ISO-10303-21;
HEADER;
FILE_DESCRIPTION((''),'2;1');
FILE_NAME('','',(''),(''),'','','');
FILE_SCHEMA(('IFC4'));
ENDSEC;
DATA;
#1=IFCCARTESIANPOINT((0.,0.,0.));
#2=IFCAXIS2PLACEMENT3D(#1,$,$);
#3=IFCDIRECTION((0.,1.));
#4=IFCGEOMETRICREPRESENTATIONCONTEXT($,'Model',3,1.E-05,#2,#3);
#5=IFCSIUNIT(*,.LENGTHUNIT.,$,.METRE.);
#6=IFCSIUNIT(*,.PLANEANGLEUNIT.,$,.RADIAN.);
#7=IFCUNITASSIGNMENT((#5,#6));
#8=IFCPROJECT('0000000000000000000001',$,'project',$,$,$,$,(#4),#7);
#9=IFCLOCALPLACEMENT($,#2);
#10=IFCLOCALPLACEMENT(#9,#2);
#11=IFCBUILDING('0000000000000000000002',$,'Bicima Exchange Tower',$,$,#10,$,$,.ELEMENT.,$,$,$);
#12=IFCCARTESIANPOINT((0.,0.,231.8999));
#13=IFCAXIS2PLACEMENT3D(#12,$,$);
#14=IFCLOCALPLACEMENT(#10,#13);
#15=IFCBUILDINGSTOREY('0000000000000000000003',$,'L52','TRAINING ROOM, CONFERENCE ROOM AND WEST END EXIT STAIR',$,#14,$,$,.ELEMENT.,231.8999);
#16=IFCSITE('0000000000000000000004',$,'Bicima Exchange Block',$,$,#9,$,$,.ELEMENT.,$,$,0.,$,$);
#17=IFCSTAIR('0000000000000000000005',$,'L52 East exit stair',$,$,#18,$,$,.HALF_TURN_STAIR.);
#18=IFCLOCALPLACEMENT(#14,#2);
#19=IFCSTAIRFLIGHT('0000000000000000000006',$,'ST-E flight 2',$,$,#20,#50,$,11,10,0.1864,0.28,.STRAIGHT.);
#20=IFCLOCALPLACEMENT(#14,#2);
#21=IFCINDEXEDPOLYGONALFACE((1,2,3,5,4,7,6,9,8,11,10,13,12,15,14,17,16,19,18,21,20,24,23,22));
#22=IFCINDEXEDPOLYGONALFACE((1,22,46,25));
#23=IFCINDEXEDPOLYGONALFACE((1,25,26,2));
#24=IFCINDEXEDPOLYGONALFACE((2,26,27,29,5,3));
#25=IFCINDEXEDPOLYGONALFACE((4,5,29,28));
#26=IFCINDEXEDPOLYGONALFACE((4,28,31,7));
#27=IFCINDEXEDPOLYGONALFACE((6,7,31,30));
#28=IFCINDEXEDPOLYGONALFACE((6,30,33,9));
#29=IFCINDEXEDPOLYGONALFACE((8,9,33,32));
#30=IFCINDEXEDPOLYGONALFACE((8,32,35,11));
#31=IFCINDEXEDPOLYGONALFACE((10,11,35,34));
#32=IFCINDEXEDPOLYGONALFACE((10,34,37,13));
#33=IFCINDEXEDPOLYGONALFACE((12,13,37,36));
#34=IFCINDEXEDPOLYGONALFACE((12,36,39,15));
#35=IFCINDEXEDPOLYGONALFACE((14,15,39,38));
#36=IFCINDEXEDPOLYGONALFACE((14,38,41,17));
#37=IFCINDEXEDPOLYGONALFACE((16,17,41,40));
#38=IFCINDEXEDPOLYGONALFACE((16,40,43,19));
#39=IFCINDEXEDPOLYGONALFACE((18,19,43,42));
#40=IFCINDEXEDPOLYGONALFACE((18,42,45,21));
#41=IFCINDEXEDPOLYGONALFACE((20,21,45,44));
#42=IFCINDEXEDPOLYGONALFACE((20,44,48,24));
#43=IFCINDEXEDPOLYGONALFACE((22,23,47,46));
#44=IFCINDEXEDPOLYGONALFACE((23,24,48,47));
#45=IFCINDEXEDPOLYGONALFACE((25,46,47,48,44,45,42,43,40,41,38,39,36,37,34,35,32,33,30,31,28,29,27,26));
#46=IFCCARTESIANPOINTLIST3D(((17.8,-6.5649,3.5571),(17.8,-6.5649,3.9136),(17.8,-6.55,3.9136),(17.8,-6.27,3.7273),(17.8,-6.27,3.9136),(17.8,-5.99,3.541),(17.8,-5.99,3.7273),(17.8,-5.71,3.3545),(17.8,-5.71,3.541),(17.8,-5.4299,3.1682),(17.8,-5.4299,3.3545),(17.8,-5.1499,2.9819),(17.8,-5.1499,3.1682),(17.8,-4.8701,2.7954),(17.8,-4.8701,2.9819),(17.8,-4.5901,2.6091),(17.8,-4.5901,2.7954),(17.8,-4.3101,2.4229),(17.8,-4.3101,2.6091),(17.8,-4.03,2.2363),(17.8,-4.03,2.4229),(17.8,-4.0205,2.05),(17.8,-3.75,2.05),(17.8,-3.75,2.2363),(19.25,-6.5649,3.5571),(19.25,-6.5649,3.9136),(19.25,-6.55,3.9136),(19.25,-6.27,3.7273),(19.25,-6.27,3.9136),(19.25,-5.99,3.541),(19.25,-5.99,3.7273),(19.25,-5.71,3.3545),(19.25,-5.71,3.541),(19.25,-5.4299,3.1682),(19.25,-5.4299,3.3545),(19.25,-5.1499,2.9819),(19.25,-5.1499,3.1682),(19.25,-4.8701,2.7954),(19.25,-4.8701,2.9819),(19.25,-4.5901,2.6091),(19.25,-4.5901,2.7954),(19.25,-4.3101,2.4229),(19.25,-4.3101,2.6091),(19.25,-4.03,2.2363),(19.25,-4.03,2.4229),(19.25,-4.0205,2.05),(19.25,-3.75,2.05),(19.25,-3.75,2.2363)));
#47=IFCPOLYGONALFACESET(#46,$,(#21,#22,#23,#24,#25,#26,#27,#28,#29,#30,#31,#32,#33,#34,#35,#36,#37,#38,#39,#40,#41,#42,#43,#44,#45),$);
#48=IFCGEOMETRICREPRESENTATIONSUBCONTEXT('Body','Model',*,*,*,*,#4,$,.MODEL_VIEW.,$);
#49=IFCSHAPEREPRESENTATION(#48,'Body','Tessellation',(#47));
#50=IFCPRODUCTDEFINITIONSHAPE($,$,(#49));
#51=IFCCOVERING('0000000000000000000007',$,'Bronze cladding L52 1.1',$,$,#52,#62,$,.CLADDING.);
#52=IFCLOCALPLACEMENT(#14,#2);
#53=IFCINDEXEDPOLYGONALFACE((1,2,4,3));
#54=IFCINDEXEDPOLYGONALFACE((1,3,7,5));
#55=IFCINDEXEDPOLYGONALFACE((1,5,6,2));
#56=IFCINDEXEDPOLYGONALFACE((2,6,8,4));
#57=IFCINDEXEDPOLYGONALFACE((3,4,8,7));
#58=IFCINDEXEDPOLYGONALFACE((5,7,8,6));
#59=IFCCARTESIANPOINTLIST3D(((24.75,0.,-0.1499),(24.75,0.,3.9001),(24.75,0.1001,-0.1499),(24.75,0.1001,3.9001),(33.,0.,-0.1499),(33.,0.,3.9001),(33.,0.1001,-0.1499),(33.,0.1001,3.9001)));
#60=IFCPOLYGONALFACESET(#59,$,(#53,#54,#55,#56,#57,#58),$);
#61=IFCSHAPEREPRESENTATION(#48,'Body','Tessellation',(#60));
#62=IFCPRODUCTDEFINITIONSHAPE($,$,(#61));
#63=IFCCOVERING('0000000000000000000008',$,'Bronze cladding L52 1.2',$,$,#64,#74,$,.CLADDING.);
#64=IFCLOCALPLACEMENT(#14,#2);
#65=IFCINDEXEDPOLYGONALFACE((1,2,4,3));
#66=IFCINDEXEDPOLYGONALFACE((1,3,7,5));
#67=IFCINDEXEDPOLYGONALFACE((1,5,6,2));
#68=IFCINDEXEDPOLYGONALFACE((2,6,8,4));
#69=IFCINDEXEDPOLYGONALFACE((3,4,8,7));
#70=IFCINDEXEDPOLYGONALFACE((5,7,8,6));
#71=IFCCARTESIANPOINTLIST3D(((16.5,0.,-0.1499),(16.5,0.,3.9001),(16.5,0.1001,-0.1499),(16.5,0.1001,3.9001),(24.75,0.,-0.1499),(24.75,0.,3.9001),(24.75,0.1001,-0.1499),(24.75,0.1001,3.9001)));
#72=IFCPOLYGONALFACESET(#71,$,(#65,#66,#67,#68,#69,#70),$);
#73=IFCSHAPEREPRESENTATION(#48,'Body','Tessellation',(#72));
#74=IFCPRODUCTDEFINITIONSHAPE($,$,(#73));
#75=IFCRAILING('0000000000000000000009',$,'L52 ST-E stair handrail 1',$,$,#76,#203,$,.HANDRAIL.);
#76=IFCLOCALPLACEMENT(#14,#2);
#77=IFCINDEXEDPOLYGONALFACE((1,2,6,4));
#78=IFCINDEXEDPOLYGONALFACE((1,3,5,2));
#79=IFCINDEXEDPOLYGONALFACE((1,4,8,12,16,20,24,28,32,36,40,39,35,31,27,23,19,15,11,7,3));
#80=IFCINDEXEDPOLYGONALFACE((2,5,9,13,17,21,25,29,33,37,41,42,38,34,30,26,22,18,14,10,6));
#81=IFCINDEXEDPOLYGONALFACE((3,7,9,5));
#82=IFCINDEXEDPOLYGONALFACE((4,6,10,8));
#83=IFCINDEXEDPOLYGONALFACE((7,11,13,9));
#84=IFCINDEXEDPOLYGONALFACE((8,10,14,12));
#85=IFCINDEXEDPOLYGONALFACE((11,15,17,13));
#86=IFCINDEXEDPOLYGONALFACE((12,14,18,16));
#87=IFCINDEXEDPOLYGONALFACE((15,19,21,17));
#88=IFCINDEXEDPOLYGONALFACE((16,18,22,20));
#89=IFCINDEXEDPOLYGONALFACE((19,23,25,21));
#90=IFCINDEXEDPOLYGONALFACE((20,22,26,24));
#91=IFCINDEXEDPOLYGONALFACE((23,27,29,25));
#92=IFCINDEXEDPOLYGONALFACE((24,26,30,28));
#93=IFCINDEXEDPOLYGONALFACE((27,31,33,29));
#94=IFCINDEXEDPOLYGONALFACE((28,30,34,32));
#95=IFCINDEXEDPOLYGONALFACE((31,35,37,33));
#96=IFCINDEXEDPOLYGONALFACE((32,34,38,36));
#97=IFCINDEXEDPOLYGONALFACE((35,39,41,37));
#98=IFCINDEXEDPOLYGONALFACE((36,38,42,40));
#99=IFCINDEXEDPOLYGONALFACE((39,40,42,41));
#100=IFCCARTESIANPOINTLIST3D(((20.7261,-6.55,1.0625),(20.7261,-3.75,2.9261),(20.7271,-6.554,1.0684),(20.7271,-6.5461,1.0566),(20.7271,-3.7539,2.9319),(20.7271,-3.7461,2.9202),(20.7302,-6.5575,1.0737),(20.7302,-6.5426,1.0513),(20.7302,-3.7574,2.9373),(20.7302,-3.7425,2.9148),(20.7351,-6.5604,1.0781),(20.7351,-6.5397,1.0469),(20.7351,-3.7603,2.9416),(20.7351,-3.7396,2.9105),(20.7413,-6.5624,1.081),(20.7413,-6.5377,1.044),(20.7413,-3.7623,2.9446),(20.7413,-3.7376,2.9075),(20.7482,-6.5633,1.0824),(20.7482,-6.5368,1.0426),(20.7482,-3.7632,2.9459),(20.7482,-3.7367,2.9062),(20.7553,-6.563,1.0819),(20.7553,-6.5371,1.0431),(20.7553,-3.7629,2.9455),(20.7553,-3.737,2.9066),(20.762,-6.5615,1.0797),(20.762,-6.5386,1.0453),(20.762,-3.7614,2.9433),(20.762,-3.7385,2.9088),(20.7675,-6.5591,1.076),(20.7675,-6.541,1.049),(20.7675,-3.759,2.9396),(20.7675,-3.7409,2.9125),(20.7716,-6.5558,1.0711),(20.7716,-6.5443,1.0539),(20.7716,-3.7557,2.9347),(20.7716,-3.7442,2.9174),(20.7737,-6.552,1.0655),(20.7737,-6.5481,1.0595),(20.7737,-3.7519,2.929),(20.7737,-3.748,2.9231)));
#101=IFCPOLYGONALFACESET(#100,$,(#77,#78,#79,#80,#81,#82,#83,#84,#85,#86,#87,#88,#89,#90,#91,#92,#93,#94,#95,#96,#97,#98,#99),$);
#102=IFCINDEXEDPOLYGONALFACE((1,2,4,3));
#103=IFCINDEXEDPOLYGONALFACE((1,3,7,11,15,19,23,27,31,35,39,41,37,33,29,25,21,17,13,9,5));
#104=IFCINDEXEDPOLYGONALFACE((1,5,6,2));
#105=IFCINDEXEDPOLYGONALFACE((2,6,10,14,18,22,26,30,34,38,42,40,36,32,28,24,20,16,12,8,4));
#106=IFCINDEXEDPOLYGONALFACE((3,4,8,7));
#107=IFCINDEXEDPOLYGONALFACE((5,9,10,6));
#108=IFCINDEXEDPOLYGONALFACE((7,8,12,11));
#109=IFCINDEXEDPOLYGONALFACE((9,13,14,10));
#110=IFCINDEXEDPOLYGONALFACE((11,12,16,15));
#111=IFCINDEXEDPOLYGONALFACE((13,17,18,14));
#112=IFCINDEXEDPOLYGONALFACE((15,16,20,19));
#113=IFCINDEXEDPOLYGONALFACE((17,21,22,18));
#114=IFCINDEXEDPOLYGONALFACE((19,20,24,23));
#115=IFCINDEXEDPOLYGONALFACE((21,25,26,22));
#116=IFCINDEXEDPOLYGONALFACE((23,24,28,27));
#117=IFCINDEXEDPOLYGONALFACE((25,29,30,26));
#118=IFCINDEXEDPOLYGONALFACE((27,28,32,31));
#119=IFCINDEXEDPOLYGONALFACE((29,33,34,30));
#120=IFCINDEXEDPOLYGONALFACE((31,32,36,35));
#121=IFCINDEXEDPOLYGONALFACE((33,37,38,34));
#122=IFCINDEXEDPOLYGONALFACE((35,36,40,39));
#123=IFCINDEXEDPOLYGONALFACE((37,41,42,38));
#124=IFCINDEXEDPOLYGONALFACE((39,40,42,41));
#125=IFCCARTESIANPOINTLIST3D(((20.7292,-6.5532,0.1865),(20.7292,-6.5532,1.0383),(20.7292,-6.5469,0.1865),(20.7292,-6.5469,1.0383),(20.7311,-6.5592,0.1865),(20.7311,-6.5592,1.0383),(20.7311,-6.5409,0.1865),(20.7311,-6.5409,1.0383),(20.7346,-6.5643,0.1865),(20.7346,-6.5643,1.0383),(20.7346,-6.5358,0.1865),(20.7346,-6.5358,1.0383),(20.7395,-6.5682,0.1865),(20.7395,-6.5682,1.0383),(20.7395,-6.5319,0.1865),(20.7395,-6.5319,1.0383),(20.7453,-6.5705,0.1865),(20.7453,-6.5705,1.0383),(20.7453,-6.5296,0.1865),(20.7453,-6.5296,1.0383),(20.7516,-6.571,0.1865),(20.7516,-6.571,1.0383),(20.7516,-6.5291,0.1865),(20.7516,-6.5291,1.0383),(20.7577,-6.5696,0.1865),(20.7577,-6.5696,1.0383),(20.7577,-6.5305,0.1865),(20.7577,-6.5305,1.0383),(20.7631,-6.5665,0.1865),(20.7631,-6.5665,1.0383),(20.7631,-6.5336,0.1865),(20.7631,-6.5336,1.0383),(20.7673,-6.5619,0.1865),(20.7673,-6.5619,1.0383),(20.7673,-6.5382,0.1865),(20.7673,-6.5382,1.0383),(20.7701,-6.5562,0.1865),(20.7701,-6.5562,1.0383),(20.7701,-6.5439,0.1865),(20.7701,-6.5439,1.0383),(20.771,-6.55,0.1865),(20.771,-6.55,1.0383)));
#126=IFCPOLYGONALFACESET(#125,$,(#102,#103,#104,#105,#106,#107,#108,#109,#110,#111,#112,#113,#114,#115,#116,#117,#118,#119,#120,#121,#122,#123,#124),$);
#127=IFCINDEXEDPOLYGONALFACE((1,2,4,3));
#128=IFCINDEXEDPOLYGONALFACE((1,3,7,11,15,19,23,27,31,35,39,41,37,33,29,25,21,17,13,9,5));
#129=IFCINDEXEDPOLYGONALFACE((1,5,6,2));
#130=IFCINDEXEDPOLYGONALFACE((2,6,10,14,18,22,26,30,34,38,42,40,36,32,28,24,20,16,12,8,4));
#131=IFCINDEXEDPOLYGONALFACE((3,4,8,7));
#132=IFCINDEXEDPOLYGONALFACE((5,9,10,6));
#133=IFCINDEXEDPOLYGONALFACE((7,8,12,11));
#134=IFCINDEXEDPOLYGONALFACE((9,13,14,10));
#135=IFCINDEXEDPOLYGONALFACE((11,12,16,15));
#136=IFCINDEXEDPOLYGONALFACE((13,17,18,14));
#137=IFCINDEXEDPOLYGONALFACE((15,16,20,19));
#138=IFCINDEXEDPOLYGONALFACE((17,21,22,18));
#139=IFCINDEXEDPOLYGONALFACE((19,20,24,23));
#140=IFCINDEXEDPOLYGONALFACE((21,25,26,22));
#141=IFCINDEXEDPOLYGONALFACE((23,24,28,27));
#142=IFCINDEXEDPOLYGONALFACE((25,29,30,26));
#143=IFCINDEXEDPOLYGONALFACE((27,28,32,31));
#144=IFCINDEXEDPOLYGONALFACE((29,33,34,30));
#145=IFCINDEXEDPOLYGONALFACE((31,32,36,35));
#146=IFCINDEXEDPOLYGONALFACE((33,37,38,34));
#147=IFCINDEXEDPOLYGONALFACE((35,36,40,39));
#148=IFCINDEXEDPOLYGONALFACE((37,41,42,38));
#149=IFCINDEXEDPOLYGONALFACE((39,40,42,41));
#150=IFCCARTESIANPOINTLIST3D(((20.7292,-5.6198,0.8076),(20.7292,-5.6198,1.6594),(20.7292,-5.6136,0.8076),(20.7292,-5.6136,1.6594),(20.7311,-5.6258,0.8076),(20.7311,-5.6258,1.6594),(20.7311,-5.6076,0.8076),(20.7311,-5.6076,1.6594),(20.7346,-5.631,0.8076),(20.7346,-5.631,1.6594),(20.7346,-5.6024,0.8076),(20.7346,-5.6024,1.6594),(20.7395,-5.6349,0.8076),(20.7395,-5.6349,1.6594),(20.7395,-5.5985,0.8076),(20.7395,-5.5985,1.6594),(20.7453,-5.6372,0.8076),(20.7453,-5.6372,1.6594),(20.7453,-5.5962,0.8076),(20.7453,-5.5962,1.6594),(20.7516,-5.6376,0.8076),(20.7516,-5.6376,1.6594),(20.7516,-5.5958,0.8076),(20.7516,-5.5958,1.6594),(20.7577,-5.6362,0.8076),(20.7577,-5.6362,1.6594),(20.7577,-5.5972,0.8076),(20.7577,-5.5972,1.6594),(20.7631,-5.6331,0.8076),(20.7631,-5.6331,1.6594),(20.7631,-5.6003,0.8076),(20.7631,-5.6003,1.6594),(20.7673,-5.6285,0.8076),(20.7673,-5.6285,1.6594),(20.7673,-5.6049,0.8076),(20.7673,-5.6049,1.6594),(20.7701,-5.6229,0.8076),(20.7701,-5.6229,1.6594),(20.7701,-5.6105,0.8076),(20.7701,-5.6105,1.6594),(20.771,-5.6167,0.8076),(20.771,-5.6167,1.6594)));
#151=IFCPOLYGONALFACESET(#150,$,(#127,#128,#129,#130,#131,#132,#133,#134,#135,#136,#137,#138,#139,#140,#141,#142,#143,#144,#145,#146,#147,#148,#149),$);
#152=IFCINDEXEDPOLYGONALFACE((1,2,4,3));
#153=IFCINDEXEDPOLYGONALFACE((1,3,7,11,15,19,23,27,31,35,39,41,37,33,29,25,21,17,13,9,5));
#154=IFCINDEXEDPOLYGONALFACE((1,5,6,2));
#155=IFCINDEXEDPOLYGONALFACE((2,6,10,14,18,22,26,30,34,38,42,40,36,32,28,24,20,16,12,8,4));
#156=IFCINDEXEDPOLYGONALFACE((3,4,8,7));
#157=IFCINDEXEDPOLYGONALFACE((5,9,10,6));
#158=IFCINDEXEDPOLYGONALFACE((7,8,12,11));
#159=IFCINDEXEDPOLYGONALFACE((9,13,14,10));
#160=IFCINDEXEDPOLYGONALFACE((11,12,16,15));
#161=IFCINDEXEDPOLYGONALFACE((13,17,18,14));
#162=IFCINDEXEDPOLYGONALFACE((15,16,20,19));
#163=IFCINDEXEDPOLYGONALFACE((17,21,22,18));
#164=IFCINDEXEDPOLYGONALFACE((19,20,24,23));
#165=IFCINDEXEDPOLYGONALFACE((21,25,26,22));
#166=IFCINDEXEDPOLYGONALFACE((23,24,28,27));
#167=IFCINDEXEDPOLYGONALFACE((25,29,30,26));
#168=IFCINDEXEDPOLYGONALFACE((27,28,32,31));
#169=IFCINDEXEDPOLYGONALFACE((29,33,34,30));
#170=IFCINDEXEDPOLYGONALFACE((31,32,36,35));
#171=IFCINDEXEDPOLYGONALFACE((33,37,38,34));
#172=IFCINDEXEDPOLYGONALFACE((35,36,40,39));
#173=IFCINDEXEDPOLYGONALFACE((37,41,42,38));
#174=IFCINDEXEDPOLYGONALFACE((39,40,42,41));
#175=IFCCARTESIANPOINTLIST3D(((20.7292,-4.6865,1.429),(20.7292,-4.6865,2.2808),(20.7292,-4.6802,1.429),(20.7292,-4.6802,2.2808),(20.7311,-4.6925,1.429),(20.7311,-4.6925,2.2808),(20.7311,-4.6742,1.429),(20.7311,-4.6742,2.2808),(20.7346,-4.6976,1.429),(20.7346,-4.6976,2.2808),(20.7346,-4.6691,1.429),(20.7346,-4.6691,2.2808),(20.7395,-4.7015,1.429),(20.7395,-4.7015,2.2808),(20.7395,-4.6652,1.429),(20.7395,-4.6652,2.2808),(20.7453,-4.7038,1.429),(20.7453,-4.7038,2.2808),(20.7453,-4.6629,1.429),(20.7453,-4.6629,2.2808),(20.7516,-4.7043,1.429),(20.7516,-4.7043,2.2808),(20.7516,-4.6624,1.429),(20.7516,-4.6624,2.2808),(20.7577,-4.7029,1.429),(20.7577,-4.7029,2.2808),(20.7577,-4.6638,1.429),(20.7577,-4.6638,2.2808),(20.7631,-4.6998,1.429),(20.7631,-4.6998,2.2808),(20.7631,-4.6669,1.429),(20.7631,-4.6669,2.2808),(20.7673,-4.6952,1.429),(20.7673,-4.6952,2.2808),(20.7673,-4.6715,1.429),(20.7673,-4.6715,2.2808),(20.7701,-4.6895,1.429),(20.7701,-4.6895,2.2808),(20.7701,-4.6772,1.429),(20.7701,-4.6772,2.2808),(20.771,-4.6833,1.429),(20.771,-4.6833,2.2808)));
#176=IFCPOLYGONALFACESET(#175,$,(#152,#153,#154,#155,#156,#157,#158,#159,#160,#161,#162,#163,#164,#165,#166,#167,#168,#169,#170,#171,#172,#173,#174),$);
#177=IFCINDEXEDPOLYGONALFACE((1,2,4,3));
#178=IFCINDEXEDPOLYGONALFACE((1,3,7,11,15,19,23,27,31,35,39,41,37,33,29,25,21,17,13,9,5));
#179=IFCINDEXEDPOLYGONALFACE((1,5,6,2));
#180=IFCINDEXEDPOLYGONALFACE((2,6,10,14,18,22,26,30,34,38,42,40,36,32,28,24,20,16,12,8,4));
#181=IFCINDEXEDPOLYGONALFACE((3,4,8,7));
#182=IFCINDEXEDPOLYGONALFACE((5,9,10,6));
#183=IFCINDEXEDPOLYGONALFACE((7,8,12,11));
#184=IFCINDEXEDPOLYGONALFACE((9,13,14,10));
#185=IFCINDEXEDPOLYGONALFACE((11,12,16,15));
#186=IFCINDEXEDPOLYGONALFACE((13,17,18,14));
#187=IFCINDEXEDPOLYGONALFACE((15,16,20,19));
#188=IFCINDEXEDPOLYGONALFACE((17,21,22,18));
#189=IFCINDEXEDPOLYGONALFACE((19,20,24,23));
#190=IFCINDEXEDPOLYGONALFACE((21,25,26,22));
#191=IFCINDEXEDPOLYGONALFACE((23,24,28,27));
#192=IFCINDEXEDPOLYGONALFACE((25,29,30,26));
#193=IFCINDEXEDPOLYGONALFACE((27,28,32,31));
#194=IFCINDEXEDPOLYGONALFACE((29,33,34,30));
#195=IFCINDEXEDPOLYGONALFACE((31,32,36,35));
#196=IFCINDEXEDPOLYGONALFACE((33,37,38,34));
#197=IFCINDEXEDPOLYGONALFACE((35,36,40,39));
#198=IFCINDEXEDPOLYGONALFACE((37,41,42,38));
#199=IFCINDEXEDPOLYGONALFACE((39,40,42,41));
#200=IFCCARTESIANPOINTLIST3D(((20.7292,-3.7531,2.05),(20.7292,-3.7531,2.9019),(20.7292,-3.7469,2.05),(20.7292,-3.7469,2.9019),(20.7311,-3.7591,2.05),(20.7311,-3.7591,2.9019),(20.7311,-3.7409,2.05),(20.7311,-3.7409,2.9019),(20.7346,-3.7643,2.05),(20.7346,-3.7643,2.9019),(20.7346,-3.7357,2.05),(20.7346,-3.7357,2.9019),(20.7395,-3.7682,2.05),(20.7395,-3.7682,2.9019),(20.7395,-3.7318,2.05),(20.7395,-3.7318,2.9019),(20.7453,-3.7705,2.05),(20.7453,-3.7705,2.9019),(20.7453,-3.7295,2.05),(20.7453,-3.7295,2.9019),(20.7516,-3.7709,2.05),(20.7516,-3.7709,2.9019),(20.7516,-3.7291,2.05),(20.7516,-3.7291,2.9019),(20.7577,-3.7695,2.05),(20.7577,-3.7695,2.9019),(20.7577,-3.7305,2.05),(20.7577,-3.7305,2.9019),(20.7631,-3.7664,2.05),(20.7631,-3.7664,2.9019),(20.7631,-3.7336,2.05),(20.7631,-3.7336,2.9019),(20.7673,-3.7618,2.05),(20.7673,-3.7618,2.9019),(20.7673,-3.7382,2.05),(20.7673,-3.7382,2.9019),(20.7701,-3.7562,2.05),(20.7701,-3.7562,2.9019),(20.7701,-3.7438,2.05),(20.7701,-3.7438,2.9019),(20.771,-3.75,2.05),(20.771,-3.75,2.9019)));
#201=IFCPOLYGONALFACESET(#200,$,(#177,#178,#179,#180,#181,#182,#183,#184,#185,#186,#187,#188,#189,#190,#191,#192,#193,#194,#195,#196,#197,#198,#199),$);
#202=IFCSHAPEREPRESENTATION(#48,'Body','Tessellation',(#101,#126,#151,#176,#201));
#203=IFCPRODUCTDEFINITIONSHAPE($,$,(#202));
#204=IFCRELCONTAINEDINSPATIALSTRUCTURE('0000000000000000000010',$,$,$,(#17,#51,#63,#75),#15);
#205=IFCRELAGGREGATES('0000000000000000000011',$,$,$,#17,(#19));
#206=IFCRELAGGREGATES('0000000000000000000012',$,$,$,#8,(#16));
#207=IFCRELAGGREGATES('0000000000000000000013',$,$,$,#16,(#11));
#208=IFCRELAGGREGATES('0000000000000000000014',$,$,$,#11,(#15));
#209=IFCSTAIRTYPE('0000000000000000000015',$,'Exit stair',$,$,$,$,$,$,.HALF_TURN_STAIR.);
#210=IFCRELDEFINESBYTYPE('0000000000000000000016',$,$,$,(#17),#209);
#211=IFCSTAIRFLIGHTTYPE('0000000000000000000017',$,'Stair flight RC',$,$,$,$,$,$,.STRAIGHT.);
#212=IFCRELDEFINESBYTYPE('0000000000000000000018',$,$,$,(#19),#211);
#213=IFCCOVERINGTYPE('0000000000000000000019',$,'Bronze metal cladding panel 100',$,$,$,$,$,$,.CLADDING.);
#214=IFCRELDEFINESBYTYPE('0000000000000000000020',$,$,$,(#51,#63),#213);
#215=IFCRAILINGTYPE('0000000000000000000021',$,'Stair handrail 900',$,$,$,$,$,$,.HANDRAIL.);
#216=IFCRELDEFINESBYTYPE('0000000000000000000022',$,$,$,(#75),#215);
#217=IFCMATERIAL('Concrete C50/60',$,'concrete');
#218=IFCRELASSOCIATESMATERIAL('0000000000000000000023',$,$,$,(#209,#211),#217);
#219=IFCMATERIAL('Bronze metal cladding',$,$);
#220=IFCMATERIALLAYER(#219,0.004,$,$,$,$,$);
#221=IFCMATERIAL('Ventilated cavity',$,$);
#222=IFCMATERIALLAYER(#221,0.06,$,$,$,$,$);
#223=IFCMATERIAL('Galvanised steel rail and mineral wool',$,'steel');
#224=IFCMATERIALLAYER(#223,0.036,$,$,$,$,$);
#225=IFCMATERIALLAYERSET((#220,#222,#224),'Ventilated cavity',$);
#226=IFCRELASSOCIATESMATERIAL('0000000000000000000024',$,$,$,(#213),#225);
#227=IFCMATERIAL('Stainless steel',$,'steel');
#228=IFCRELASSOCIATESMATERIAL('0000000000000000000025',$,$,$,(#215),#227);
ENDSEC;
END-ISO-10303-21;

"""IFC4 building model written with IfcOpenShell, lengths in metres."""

from ifc_helpers import new_model, si_unit, direction, frame, origin, origin_2d, place, context, subcontext, project, spatial, polyline, rectangle, circle, outline, extrude, material, layer, layer_set, type_object, element, aggregate, save


model = new_model("IFC4")

# Units and contexts
model_context = context("Model", 3, precision=1e-05, world=origin(), true_north=direction((0.0, 1.0)))
body_context = subcontext(model_context, "Body", "Model", "MODEL_VIEW")
ifc_project = project(units=[si_unit("LENGTHUNIT", "METRE"), si_unit("PLANEANGLEUNIT", "RADIAN")], contexts=[model_context])

# Site, building, storey
site_placement = place(None, origin())
site = spatial("IfcSite", under=ifc_project, at=site_placement, Name="Bicima Exchange Block", CompositionType="ELEMENT", RefElevation=0.0)
building_placement = place(site_placement, origin())
building = spatial("IfcBuilding", under=site, at=building_placement, Name="Bicima Exchange Tower", CompositionType="ELEMENT")
storey_placement = place(building_placement, frame((0.0, 0.0, 231.8999)))
storey = spatial("IfcBuildingStorey", under=building, at=storey_placement, Name="L52", Description="TRAINING ROOM, CONFERENCE ROOM AND WEST END EXIT STAIR", CompositionType="ELEMENT", Elevation=231.8999)

# Shared definitions
ifc_material_1 = material(Name="Concrete C50/60", Category="concrete")

# Stair, stair flight
stair_type = type_object("IfcStairType", Name="Exit stair", PredefinedType="HALF_TURN_STAIR", material=ifc_material_1)
stair_placement = place(storey_placement, origin())
stair = element("IfcStair", 1, at=stair_placement, inside=storey, type_object=stair_type, Name="L52 East exit stair", PredefinedType="HALF_TURN_STAIR")
stair_flight_type = type_object("IfcStairFlightType", Name="Stair flight RC", PredefinedType="STRAIGHT", material=ifc_material_1)
stair_flight_1_placement = place(storey_placement, frame((18.5249, -3.75, 2.05), z_axis=(0.0, 0.0, 1.0), x_axis=(0.0, -1.0, 0.0)))
stair_flight_1 = element("IfcStairFlight", 2, at=stair_flight_1_placement, type_object=stair_flight_type, Name="ST-E flight 2", NumberOfRisers=11, NumberOfTreads=10, PredefinedType="STRAIGHT", RiserHeight=0.1864, TreadLength=0.28, context=body_context, shape_type="SweptSolid", body=[
    extrude(outline(polyline([(0.0, 0.0), (0.0, 0.1863), (0.28, 0.1863), (0.28, 0.3728), (0.5601, 0.3728), (0.5601, 0.5591), (0.8401, 0.5591), (0.8401, 0.7454), (1.1201, 0.7454), (1.1201, 0.9319), (1.3999, 0.9319), (1.3999, 1.1182), (1.6799, 1.1182), (1.6799, 1.3044), (1.96, 1.3044), (1.96, 1.491), (2.24, 1.491), (2.24, 1.6772), (2.52, 1.6772), (2.52, 1.8635), (2.8, 1.8635), (2.8149, 1.8635), (2.8149, 1.5071), (0.2705, 0.0), (0.0, 0.0)])), frame((0.0, 0.7251, 0.0), z_axis=(0.0, -1.0, 0.0), x_axis=(1.0, 0.0, 0.0)), (0.0, 0.0, 1.0), 1.45),
])
aggregate(stair, [stair_flight_1])

# Coverings
ifc_material_2 = material(Name="Bronze metal cladding")
ifc_layer_1 = layer(ifc_material_2, 0.004)
ifc_material_3 = material(Name="Ventilated cavity")
ifc_layer_2 = layer(ifc_material_3, 0.06)
ifc_material_4 = material(Name="Galvanised steel rail and mineral wool", Category="steel")
ifc_layer_3 = layer(ifc_material_4, 0.036)
ifc_layer_set_1 = layer_set([ifc_layer_1, ifc_layer_2, ifc_layer_3], Name="Ventilated cavity")
covering_type = type_object("IfcCoveringType", Name="Bronze metal cladding panel 100", PredefinedType="CLADDING", material=ifc_layer_set_1)
for number, where, z_axis, x_axis, name in (
    (3, (28.875, 0.05, -0.1499), (0.0, 0.0, 1.0), (-1.0, 0.0, 0.0), "Bronze cladding L52 1.1"),
    (4, (20.625, 0.05, -0.1499), (0.0, 0.0, 1.0), (-1.0, 0.0, 0.0), "Bronze cladding L52 1.2"),
):
    element("IfcCovering", number, at=place(storey_placement, frame(where, z_axis=z_axis, x_axis=x_axis)), inside=storey, type_object=covering_type, Name=name, PredefinedType="CLADDING", context=body_context, shape_type="SweptSolid", body=[
        extrude(rectangle(XDim=8.25, YDim=0.1001, at=origin_2d()), origin(), (0.0, 0.0, 1.0), 4.05),
    ])

# Railing
ifc_material_5 = material(Name="Stainless steel", Category="steel")
railing_type_1 = type_object("IfcRailingType", Name="Stair handrail 900", PredefinedType="HANDRAIL", material=ifc_material_5)
railing_1_placement = place(storey_placement, frame((20.75, -6.55, 0.1865)))
element("IfcRailing", 5, at=railing_1_placement, inside=storey, type_object=railing_type_1, Name="L52 ST-E stair handrail 1", PredefinedType="HANDRAIL", context=body_context, shape_type="SweptSolid", body=[
    extrude(circle(Radius=0.0239, at=origin_2d()), frame((0.0, 0.0, 0.876), z_axis=(0.0, 0.832486, 0.554047), x_axis=(-1.0, 0.0, 0.0)), (0.0, 0.0, 1.0), 3.3635),
    extrude(circle(Radius=0.021, at=origin_2d()), origin(), (0.0, 0.0, 1.0), 0.8518),
    extrude(circle(Radius=0.021, at=origin_2d()), frame((0.0, 0.9333, 0.6211)), (0.0, 0.0, 1.0), 0.8518),
    extrude(circle(Radius=0.021, at=origin_2d()), frame((0.0, 1.8667, 1.2424)), (0.0, 0.0, 1.0), 0.8518),
    extrude(circle(Radius=0.021, at=origin_2d()), frame((0.0, 2.8, 1.8635)), (0.0, 0.0, 1.0), 0.8518),
])

save(model, "model.ifc")
